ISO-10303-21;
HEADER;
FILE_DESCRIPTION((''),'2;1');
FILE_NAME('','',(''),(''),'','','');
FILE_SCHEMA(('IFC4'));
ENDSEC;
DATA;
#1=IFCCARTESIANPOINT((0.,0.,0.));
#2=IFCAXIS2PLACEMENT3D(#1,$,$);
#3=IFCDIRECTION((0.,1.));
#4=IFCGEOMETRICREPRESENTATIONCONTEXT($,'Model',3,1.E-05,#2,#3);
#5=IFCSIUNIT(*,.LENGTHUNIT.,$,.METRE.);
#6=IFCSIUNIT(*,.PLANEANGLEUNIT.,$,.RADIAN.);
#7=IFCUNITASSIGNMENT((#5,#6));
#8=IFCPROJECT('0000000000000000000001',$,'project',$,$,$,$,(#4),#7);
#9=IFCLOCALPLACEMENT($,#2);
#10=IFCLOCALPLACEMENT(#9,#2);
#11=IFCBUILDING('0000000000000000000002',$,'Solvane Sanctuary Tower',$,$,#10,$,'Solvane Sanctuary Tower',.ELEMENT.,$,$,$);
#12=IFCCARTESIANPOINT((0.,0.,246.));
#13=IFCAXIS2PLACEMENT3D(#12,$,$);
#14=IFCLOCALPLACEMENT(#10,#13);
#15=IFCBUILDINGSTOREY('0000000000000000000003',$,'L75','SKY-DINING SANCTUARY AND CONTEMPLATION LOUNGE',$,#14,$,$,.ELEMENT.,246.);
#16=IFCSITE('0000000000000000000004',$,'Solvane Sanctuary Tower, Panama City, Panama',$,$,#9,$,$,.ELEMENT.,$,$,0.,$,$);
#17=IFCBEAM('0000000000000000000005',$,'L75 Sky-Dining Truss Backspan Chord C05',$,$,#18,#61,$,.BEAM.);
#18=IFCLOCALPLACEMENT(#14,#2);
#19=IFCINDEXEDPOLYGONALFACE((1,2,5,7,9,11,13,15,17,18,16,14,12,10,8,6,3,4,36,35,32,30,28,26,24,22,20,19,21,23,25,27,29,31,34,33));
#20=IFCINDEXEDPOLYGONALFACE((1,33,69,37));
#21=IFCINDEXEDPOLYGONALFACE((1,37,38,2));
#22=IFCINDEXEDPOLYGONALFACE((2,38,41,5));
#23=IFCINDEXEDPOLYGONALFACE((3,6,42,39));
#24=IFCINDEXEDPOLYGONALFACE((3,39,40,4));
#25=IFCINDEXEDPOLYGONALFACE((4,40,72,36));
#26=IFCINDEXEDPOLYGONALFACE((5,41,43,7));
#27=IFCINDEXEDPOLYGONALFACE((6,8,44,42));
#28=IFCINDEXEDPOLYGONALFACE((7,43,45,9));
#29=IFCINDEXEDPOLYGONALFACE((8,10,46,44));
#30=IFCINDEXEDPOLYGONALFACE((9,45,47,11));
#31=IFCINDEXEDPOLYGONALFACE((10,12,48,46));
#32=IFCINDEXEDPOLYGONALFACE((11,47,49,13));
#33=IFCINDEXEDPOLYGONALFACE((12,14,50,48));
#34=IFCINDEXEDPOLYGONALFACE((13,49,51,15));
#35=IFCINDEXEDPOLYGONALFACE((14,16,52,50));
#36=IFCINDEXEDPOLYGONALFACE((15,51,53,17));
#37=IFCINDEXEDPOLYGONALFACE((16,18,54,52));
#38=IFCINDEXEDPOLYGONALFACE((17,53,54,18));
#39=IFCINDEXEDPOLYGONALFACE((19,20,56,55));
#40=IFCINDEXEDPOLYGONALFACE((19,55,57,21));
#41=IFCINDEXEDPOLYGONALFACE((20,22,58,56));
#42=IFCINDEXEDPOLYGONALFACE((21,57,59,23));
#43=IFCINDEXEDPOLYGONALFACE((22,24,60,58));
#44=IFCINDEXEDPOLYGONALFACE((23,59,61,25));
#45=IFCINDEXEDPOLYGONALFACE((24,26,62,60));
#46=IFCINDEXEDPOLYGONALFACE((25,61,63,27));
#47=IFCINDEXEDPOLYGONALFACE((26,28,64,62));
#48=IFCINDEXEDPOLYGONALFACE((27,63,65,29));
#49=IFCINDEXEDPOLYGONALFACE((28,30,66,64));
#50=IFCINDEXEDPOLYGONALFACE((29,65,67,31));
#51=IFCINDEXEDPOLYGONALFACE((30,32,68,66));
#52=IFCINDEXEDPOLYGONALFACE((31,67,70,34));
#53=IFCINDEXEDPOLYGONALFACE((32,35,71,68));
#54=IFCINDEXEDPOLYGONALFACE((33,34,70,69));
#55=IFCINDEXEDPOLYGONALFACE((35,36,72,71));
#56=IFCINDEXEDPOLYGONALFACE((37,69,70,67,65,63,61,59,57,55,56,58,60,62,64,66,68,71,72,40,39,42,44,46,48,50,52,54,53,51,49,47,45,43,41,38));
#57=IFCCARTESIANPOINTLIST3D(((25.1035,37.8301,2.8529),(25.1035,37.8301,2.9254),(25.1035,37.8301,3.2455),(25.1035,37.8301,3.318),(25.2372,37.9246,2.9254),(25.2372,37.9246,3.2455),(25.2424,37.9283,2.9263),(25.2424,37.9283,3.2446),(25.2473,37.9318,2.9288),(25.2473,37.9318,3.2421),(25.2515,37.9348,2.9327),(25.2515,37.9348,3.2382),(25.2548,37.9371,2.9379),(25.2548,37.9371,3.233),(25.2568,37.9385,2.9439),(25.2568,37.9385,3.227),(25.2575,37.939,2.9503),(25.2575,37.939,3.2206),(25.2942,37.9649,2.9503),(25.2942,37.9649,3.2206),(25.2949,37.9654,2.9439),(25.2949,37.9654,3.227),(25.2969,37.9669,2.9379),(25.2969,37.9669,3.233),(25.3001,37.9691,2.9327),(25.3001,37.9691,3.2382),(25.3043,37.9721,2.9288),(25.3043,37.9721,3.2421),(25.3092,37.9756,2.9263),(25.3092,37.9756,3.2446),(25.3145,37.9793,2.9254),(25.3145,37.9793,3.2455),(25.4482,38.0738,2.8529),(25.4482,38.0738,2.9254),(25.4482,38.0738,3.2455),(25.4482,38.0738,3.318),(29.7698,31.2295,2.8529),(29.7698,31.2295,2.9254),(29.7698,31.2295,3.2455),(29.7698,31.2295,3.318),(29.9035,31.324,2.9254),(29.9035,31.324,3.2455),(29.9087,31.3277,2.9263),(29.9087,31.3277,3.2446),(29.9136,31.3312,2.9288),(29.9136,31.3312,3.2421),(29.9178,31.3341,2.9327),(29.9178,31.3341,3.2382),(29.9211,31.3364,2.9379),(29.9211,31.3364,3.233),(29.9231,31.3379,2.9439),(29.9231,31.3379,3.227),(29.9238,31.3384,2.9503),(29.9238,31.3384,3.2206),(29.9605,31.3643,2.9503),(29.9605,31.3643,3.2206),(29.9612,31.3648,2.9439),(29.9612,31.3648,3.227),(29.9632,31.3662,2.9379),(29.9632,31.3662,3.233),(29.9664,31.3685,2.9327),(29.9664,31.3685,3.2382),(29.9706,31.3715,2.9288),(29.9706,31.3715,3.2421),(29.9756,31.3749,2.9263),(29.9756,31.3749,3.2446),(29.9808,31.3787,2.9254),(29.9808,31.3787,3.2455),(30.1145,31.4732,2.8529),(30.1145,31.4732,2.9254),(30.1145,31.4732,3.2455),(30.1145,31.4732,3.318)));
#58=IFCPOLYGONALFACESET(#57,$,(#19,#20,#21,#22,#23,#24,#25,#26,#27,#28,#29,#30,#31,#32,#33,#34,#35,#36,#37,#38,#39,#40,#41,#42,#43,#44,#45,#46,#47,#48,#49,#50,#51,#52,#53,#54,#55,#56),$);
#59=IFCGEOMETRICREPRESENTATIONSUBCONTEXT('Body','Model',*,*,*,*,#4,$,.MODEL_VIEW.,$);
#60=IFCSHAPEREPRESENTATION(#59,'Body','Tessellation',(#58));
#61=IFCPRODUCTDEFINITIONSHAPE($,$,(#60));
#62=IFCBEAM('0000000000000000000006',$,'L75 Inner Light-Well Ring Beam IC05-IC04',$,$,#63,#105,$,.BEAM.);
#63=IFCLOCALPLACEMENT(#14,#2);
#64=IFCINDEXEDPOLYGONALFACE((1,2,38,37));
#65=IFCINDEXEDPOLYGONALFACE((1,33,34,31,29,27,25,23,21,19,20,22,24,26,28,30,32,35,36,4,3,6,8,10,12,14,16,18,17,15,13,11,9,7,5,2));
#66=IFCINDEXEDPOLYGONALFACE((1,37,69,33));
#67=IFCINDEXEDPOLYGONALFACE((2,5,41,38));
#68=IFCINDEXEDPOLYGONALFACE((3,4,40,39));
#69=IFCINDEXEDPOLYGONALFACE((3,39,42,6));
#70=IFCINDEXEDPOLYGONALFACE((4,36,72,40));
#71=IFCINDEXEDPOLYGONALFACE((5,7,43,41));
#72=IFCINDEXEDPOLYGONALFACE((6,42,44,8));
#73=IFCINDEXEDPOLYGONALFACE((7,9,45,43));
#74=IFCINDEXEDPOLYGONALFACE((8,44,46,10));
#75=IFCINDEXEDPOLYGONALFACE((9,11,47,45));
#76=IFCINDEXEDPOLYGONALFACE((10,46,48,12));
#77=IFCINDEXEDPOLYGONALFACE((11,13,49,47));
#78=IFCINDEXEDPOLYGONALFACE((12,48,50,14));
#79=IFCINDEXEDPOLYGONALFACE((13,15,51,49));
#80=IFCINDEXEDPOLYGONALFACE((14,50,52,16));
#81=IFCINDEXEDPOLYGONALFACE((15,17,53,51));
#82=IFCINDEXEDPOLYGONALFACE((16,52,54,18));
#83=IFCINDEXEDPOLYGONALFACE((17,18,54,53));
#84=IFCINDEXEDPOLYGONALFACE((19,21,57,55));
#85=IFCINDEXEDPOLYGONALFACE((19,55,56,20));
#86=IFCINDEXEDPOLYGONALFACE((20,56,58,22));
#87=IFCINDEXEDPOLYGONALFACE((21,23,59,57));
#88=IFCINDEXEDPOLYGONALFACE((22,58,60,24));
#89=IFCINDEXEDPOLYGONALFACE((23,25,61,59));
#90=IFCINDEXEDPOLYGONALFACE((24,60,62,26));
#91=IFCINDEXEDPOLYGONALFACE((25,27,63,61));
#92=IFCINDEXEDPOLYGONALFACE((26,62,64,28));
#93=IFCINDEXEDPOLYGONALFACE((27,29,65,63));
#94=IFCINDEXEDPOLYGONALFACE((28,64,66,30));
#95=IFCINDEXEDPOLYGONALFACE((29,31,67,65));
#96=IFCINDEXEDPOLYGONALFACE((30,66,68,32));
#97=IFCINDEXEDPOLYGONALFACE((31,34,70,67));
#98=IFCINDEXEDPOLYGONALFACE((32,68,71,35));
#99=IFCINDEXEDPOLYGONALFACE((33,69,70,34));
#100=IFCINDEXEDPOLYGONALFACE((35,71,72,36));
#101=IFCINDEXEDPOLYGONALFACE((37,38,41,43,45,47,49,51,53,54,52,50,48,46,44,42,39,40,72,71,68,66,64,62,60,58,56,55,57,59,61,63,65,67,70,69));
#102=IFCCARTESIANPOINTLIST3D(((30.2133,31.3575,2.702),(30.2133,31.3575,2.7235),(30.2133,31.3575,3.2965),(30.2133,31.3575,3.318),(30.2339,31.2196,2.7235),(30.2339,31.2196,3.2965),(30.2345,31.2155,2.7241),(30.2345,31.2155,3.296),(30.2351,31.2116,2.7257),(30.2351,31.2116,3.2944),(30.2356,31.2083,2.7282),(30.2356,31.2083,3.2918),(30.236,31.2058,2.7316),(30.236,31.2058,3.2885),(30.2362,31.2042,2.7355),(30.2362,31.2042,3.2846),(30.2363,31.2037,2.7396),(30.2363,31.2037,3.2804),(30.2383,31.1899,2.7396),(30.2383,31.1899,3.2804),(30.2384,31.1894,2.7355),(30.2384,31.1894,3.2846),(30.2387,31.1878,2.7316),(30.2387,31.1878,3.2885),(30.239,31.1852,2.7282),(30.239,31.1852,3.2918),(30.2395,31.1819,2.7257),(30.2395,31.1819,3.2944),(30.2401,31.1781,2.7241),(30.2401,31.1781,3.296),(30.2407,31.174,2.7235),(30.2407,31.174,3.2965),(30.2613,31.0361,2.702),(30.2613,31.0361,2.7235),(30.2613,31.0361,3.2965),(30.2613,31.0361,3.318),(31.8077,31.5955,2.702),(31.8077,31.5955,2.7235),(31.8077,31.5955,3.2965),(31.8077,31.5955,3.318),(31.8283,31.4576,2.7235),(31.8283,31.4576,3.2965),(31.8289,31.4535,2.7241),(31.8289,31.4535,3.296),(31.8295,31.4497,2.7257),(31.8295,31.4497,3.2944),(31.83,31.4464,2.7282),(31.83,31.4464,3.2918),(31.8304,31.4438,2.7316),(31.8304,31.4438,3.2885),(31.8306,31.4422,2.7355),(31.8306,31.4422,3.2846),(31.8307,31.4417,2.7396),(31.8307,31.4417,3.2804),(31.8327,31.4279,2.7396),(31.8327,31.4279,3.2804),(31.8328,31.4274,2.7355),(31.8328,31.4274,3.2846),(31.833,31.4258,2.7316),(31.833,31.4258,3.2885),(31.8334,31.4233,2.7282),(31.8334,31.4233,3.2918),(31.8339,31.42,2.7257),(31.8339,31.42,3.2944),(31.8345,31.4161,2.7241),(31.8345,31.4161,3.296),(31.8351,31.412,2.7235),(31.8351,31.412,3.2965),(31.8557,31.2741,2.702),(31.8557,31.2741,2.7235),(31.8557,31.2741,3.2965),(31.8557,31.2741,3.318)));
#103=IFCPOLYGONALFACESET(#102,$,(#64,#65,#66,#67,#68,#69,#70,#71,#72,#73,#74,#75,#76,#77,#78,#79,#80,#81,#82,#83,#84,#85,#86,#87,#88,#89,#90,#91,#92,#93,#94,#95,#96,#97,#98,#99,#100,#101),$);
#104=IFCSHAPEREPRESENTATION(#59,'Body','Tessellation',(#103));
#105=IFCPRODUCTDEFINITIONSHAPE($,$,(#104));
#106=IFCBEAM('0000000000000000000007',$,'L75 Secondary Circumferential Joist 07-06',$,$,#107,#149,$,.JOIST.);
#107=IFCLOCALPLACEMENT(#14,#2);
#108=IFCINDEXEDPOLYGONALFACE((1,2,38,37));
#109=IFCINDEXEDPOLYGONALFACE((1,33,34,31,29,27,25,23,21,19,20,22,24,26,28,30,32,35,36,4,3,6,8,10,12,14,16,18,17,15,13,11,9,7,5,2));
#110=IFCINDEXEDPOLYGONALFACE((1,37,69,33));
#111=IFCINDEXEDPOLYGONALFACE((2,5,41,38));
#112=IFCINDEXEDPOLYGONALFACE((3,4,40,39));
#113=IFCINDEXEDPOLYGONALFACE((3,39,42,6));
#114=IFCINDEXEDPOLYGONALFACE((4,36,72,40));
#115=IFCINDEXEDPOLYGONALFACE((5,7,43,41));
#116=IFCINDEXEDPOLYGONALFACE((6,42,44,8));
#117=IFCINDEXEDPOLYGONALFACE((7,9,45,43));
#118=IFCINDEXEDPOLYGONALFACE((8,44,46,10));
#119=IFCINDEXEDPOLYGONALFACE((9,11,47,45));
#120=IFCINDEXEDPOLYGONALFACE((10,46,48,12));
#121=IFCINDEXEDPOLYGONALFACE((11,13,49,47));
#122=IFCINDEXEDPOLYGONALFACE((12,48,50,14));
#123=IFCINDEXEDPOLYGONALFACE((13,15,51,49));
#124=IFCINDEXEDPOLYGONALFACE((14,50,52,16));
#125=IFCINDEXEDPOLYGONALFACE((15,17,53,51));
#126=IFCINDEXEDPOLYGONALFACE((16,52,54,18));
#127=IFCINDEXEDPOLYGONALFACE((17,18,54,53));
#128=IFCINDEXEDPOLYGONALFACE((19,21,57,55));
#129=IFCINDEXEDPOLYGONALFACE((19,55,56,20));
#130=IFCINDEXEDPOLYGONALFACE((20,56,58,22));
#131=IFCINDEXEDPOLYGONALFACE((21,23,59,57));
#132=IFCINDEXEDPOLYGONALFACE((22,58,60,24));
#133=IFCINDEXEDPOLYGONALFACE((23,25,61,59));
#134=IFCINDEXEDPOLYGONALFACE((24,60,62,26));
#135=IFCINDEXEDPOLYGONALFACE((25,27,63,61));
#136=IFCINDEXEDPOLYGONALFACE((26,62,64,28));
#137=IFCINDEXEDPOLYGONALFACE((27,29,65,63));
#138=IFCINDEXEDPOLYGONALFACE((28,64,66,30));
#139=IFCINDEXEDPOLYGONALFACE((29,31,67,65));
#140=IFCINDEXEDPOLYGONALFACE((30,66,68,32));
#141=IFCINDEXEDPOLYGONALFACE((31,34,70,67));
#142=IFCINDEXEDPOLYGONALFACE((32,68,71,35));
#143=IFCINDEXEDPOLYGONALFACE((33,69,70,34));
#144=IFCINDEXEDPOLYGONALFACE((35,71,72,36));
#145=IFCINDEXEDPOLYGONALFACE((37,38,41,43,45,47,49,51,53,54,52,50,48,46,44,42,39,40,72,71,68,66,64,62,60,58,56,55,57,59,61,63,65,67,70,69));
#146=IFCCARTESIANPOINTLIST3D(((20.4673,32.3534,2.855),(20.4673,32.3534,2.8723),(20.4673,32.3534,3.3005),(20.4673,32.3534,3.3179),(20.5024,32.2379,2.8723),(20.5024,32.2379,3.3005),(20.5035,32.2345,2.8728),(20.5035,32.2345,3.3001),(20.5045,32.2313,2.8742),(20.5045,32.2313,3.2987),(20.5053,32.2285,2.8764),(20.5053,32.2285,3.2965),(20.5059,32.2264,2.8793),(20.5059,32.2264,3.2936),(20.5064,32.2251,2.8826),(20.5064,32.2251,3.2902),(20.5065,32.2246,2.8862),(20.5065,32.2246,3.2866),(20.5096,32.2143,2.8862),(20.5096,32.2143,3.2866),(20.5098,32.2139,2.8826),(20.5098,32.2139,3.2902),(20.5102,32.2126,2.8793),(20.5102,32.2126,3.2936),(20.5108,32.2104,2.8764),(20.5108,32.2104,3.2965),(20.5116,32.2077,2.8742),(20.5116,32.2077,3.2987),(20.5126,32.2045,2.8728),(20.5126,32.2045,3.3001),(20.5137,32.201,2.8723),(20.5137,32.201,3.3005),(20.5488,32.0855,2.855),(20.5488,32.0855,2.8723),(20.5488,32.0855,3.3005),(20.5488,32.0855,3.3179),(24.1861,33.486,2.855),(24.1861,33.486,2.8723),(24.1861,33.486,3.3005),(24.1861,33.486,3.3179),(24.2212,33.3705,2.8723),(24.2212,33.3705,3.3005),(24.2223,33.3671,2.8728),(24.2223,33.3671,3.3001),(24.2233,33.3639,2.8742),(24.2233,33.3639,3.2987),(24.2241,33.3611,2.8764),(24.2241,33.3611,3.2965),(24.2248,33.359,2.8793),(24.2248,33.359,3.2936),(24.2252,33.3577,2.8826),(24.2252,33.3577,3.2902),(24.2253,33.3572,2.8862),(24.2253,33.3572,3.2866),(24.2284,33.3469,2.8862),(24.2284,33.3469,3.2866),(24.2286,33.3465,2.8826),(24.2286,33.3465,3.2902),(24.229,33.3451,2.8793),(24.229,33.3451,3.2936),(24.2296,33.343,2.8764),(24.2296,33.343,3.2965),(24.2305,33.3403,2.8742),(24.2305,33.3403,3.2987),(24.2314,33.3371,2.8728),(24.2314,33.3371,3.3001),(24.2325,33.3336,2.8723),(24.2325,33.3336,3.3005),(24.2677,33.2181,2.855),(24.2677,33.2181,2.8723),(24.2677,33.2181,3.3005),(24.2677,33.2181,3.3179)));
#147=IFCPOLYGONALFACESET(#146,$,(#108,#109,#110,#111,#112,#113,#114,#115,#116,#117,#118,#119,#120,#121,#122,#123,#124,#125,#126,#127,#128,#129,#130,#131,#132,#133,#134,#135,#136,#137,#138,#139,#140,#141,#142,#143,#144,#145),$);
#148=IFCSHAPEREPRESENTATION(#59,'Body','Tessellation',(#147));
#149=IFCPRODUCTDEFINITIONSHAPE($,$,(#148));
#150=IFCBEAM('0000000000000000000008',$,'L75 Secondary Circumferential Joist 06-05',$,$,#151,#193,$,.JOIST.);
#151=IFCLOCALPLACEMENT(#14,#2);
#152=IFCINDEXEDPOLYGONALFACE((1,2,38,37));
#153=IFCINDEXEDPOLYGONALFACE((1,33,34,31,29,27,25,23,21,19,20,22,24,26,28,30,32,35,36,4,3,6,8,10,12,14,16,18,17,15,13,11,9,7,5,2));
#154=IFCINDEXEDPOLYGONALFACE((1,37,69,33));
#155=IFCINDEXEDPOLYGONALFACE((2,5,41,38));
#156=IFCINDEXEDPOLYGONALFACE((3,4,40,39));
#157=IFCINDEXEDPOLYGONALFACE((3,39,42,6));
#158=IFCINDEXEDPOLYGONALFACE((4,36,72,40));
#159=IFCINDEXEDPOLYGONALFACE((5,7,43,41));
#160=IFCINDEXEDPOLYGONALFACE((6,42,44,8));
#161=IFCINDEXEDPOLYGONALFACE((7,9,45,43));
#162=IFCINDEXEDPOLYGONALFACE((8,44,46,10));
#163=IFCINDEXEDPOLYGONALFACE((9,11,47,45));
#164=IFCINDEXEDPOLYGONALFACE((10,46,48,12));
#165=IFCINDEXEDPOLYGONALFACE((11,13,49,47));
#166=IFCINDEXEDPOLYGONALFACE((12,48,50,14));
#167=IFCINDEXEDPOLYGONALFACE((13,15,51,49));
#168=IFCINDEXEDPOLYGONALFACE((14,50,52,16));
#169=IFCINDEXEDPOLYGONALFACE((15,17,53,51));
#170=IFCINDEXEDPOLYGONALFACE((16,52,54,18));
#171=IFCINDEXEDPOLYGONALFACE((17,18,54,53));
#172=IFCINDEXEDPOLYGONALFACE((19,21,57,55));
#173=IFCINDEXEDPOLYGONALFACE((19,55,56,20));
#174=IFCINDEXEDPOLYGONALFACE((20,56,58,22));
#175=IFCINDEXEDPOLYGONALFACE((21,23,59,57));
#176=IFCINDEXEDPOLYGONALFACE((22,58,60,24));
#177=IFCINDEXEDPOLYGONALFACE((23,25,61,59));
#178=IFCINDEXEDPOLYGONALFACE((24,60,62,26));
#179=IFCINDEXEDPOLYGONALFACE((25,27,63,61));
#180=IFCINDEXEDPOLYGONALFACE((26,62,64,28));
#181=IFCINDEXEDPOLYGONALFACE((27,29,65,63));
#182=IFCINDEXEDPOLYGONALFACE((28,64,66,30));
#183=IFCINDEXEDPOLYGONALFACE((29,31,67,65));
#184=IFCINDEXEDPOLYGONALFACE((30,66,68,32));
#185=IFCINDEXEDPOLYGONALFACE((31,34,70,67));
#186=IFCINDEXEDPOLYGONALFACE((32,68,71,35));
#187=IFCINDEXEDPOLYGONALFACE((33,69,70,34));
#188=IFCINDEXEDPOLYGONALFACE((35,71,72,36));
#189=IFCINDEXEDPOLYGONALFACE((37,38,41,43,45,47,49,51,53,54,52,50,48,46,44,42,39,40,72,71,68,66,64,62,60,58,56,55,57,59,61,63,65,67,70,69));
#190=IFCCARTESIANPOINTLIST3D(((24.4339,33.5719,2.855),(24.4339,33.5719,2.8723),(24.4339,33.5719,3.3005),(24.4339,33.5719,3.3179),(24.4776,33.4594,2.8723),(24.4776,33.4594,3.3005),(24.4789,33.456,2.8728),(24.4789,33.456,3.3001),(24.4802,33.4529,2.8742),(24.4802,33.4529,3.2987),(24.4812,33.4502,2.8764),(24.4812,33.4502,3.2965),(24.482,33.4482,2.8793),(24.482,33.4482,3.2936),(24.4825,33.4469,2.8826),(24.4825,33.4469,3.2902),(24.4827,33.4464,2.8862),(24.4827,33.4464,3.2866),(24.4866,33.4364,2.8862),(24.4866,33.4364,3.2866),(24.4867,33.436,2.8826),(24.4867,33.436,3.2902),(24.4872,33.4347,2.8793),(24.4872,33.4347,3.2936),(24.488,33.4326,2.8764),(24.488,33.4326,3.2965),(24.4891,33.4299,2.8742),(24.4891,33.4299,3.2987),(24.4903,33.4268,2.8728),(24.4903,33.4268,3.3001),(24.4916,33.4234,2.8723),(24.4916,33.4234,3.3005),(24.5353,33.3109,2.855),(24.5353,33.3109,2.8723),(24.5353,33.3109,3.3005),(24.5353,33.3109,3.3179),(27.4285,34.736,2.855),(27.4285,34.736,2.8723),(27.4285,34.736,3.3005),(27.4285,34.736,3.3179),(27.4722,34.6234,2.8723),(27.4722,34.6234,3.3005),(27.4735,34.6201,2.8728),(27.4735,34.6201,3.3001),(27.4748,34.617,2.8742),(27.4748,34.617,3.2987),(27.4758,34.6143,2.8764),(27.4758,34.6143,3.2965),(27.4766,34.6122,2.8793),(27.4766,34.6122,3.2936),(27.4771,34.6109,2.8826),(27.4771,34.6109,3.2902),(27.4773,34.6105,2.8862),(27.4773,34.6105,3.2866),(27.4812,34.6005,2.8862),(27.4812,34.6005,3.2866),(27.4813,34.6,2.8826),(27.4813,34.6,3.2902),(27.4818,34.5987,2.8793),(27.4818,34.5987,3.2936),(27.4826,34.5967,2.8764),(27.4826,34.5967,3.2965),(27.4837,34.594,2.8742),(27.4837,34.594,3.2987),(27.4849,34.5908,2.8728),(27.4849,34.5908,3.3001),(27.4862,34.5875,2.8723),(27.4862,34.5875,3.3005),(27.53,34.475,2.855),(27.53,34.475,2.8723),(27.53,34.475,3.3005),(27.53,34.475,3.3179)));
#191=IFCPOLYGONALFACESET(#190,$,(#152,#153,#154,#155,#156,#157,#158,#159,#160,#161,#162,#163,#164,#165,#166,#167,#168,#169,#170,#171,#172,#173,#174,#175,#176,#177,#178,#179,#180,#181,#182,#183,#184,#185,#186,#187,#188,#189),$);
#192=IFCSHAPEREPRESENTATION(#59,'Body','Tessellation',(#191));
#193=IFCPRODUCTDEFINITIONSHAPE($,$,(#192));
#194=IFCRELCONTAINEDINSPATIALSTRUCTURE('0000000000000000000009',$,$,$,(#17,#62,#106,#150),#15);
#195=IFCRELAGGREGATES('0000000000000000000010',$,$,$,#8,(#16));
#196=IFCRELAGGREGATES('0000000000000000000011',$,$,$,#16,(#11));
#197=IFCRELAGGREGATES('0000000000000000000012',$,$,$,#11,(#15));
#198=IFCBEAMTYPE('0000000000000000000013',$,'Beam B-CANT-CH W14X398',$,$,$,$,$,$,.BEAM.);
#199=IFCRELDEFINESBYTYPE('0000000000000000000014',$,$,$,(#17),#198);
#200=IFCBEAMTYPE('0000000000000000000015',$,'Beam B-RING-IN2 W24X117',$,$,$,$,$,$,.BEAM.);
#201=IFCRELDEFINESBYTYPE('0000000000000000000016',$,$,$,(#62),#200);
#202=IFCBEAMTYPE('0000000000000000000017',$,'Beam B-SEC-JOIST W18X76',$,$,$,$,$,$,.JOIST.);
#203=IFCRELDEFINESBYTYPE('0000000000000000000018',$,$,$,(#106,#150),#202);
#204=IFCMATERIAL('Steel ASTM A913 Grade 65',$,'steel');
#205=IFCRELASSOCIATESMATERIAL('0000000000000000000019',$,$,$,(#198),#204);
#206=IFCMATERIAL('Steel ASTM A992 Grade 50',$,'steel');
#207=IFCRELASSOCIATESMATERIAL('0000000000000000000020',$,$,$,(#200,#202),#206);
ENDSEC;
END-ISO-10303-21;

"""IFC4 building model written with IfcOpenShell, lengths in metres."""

from ifc_helpers import new_model, si_unit, direction, frame, origin, origin_2d, place, context, subcontext, project, spatial, i_section, extrude, material, material_profile, profile_set, type_object, element, save


model = new_model("IFC4")

# Units and contexts
model_context = context("Model", 3, precision=1e-05, world=origin(), true_north=direction((0.0, 1.0)))
body_context = subcontext(model_context, "Body", "Model", "MODEL_VIEW")
ifc_project = project(units=[si_unit("LENGTHUNIT", "METRE"), si_unit("PLANEANGLEUNIT", "RADIAN")], contexts=[model_context])

# Site, building, storey
site_placement = place(None, origin())
site = spatial("IfcSite", under=ifc_project, at=site_placement, Name="Solvane Sanctuary Tower, Panama City, Panama", CompositionType="ELEMENT", RefElevation=0.0)
building_placement = place(site_placement, origin())
building = spatial("IfcBuilding", under=site, at=building_placement, Name="Solvane Sanctuary Tower", LongName="Solvane Sanctuary Tower", CompositionType="ELEMENT")
storey_placement = place(building_placement, frame((0.0, 0.0, 246.0)))
storey = spatial("IfcBuildingStorey", under=building, at=storey_placement, Name="L75", Description="SKY-DINING SANCTUARY AND CONTEMPLATION LOUNGE", CompositionType="ELEMENT", Elevation=246.0)

# Shared definitions
ifc_material_1 = material(Name="Steel ASTM A913 Grade 65", Category="steel")

# Beams
ifc_material_profile_1 = material_profile(ifc_material_1, i_section(OverallWidth=0.4221, OverallDepth=0.4651, WebThickness=0.0449, FlangeThickness=0.0725, FilletRadius=0.0249, at=origin_2d()), Name="W14X398")
ifc_profile_set_1 = profile_set([ifc_material_profile_1], Name="Steel ASTM A913 Grade 65")
beam_type_1 = type_object("IfcBeamType", Name="Beam B-CANT-CH W14X398", PredefinedType="BEAM", material=ifc_profile_set_1)
beam_1_placement = place(storey_placement, frame((29.9421, 31.3513, 3.0854), z_axis=(-0.577263, 0.816558, 0.0), x_axis=(-0.816558, -0.577263, 0.0)))
element("IfcBeam", 1, at=beam_1_placement, inside=storey, type_object=beam_type_1, Name="L75 Sky-Dining Truss Backspan Chord C05", PredefinedType="BEAM", context=body_context, shape_type="SweptSolid", body=[
    extrude(i_section(OverallWidth=0.4221, OverallDepth=0.4651, WebThickness=0.0449, FlangeThickness=0.0725, FilletRadius=0.0249, at=origin_2d()), origin(), (0.0, 0.0, 1.0), 8.0835),
])
ifc_material_2 = material(Name="Steel ASTM A992 Grade 50", Category="steel")
ifc_material_profile_2 = material_profile(ifc_material_2, i_section(OverallWidth=0.325, OverallDepth=0.616, WebThickness=0.0139, FlangeThickness=0.0215, FilletRadius=0.0161, at=origin_2d()), Name="W24X117")
ifc_profile_set_2 = profile_set([ifc_material_profile_2], Name="Steel ASTM A992 Grade 50")
beam_type_2 = type_object("IfcBeamType", Name="Beam B-RING-IN2 W24X117", PredefinedType="BEAM", material=ifc_profile_set_2)
beam_2_placement = place(storey_placement, frame((30.2373, 31.1968, 3.01), z_axis=(0.989039, 0.147652, 0.0), x_axis=(-0.147652, 0.989039, 0.0)))
element("IfcBeam", 2, at=beam_2_placement, inside=storey, type_object=beam_type_2, Name="L75 Inner Light-Well Ring Beam IC05-IC04", PredefinedType="BEAM", context=body_context, shape_type="SweptSolid", body=[
    extrude(i_section(OverallWidth=0.325, OverallDepth=0.616, WebThickness=0.0139, FlangeThickness=0.0215, FilletRadius=0.0161, at=origin_2d()), origin(), (0.0, 0.0, 1.0), 1.6121),
])
ifc_material_profile_3 = material_profile(ifc_material_2, i_section(OverallWidth=0.28, OverallDepth=0.4629, WebThickness=0.0107, FlangeThickness=0.0173, FilletRadius=0.0139, at=origin_2d()), Name="W18X76")
ifc_profile_set_3 = profile_set([ifc_material_profile_3], Name="Steel ASTM A992 Grade 50")
beam_type_3 = type_object("IfcBeamType", Name="Beam B-SEC-JOIST W18X76", PredefinedType="JOIST", material=ifc_profile_set_3)
beam_3_placement = place(storey_placement, frame((20.5081, 32.2195, 3.0864), z_axis=(0.956618, 0.291344, 0.0), x_axis=(-0.291344, 0.956618, 0.0)))
element("IfcBeam", 3, at=beam_3_placement, inside=storey, type_object=beam_type_3, Name="L75 Secondary Circumferential Joist 07-06", PredefinedType="JOIST", context=body_context, shape_type="SweptSolid", body=[
    extrude(i_section(OverallWidth=0.28, OverallDepth=0.4629, WebThickness=0.0107, FlangeThickness=0.0173, FilletRadius=0.0139, at=origin_2d()), origin(), (0.0, 0.0, 1.0), 3.8875),
])
beam_4_placement = place(storey_placement, frame((24.4846, 33.4414, 3.0864), z_axis=(0.932059, 0.362307, 0.0), x_axis=(-0.362307, 0.932059, 0.0)))
element("IfcBeam", 4, at=beam_4_placement, inside=storey, type_object=beam_type_3, Name="L75 Secondary Circumferential Joist 06-05", PredefinedType="JOIST", context=body_context, shape_type="SweptSolid", body=[
    extrude(i_section(OverallWidth=0.28, OverallDepth=0.4629, WebThickness=0.0107, FlangeThickness=0.0173, FilletRadius=0.0139, at=origin_2d()), origin(), (0.0, 0.0, 1.0), 3.2129),
])

save(model, "model.ifc")
